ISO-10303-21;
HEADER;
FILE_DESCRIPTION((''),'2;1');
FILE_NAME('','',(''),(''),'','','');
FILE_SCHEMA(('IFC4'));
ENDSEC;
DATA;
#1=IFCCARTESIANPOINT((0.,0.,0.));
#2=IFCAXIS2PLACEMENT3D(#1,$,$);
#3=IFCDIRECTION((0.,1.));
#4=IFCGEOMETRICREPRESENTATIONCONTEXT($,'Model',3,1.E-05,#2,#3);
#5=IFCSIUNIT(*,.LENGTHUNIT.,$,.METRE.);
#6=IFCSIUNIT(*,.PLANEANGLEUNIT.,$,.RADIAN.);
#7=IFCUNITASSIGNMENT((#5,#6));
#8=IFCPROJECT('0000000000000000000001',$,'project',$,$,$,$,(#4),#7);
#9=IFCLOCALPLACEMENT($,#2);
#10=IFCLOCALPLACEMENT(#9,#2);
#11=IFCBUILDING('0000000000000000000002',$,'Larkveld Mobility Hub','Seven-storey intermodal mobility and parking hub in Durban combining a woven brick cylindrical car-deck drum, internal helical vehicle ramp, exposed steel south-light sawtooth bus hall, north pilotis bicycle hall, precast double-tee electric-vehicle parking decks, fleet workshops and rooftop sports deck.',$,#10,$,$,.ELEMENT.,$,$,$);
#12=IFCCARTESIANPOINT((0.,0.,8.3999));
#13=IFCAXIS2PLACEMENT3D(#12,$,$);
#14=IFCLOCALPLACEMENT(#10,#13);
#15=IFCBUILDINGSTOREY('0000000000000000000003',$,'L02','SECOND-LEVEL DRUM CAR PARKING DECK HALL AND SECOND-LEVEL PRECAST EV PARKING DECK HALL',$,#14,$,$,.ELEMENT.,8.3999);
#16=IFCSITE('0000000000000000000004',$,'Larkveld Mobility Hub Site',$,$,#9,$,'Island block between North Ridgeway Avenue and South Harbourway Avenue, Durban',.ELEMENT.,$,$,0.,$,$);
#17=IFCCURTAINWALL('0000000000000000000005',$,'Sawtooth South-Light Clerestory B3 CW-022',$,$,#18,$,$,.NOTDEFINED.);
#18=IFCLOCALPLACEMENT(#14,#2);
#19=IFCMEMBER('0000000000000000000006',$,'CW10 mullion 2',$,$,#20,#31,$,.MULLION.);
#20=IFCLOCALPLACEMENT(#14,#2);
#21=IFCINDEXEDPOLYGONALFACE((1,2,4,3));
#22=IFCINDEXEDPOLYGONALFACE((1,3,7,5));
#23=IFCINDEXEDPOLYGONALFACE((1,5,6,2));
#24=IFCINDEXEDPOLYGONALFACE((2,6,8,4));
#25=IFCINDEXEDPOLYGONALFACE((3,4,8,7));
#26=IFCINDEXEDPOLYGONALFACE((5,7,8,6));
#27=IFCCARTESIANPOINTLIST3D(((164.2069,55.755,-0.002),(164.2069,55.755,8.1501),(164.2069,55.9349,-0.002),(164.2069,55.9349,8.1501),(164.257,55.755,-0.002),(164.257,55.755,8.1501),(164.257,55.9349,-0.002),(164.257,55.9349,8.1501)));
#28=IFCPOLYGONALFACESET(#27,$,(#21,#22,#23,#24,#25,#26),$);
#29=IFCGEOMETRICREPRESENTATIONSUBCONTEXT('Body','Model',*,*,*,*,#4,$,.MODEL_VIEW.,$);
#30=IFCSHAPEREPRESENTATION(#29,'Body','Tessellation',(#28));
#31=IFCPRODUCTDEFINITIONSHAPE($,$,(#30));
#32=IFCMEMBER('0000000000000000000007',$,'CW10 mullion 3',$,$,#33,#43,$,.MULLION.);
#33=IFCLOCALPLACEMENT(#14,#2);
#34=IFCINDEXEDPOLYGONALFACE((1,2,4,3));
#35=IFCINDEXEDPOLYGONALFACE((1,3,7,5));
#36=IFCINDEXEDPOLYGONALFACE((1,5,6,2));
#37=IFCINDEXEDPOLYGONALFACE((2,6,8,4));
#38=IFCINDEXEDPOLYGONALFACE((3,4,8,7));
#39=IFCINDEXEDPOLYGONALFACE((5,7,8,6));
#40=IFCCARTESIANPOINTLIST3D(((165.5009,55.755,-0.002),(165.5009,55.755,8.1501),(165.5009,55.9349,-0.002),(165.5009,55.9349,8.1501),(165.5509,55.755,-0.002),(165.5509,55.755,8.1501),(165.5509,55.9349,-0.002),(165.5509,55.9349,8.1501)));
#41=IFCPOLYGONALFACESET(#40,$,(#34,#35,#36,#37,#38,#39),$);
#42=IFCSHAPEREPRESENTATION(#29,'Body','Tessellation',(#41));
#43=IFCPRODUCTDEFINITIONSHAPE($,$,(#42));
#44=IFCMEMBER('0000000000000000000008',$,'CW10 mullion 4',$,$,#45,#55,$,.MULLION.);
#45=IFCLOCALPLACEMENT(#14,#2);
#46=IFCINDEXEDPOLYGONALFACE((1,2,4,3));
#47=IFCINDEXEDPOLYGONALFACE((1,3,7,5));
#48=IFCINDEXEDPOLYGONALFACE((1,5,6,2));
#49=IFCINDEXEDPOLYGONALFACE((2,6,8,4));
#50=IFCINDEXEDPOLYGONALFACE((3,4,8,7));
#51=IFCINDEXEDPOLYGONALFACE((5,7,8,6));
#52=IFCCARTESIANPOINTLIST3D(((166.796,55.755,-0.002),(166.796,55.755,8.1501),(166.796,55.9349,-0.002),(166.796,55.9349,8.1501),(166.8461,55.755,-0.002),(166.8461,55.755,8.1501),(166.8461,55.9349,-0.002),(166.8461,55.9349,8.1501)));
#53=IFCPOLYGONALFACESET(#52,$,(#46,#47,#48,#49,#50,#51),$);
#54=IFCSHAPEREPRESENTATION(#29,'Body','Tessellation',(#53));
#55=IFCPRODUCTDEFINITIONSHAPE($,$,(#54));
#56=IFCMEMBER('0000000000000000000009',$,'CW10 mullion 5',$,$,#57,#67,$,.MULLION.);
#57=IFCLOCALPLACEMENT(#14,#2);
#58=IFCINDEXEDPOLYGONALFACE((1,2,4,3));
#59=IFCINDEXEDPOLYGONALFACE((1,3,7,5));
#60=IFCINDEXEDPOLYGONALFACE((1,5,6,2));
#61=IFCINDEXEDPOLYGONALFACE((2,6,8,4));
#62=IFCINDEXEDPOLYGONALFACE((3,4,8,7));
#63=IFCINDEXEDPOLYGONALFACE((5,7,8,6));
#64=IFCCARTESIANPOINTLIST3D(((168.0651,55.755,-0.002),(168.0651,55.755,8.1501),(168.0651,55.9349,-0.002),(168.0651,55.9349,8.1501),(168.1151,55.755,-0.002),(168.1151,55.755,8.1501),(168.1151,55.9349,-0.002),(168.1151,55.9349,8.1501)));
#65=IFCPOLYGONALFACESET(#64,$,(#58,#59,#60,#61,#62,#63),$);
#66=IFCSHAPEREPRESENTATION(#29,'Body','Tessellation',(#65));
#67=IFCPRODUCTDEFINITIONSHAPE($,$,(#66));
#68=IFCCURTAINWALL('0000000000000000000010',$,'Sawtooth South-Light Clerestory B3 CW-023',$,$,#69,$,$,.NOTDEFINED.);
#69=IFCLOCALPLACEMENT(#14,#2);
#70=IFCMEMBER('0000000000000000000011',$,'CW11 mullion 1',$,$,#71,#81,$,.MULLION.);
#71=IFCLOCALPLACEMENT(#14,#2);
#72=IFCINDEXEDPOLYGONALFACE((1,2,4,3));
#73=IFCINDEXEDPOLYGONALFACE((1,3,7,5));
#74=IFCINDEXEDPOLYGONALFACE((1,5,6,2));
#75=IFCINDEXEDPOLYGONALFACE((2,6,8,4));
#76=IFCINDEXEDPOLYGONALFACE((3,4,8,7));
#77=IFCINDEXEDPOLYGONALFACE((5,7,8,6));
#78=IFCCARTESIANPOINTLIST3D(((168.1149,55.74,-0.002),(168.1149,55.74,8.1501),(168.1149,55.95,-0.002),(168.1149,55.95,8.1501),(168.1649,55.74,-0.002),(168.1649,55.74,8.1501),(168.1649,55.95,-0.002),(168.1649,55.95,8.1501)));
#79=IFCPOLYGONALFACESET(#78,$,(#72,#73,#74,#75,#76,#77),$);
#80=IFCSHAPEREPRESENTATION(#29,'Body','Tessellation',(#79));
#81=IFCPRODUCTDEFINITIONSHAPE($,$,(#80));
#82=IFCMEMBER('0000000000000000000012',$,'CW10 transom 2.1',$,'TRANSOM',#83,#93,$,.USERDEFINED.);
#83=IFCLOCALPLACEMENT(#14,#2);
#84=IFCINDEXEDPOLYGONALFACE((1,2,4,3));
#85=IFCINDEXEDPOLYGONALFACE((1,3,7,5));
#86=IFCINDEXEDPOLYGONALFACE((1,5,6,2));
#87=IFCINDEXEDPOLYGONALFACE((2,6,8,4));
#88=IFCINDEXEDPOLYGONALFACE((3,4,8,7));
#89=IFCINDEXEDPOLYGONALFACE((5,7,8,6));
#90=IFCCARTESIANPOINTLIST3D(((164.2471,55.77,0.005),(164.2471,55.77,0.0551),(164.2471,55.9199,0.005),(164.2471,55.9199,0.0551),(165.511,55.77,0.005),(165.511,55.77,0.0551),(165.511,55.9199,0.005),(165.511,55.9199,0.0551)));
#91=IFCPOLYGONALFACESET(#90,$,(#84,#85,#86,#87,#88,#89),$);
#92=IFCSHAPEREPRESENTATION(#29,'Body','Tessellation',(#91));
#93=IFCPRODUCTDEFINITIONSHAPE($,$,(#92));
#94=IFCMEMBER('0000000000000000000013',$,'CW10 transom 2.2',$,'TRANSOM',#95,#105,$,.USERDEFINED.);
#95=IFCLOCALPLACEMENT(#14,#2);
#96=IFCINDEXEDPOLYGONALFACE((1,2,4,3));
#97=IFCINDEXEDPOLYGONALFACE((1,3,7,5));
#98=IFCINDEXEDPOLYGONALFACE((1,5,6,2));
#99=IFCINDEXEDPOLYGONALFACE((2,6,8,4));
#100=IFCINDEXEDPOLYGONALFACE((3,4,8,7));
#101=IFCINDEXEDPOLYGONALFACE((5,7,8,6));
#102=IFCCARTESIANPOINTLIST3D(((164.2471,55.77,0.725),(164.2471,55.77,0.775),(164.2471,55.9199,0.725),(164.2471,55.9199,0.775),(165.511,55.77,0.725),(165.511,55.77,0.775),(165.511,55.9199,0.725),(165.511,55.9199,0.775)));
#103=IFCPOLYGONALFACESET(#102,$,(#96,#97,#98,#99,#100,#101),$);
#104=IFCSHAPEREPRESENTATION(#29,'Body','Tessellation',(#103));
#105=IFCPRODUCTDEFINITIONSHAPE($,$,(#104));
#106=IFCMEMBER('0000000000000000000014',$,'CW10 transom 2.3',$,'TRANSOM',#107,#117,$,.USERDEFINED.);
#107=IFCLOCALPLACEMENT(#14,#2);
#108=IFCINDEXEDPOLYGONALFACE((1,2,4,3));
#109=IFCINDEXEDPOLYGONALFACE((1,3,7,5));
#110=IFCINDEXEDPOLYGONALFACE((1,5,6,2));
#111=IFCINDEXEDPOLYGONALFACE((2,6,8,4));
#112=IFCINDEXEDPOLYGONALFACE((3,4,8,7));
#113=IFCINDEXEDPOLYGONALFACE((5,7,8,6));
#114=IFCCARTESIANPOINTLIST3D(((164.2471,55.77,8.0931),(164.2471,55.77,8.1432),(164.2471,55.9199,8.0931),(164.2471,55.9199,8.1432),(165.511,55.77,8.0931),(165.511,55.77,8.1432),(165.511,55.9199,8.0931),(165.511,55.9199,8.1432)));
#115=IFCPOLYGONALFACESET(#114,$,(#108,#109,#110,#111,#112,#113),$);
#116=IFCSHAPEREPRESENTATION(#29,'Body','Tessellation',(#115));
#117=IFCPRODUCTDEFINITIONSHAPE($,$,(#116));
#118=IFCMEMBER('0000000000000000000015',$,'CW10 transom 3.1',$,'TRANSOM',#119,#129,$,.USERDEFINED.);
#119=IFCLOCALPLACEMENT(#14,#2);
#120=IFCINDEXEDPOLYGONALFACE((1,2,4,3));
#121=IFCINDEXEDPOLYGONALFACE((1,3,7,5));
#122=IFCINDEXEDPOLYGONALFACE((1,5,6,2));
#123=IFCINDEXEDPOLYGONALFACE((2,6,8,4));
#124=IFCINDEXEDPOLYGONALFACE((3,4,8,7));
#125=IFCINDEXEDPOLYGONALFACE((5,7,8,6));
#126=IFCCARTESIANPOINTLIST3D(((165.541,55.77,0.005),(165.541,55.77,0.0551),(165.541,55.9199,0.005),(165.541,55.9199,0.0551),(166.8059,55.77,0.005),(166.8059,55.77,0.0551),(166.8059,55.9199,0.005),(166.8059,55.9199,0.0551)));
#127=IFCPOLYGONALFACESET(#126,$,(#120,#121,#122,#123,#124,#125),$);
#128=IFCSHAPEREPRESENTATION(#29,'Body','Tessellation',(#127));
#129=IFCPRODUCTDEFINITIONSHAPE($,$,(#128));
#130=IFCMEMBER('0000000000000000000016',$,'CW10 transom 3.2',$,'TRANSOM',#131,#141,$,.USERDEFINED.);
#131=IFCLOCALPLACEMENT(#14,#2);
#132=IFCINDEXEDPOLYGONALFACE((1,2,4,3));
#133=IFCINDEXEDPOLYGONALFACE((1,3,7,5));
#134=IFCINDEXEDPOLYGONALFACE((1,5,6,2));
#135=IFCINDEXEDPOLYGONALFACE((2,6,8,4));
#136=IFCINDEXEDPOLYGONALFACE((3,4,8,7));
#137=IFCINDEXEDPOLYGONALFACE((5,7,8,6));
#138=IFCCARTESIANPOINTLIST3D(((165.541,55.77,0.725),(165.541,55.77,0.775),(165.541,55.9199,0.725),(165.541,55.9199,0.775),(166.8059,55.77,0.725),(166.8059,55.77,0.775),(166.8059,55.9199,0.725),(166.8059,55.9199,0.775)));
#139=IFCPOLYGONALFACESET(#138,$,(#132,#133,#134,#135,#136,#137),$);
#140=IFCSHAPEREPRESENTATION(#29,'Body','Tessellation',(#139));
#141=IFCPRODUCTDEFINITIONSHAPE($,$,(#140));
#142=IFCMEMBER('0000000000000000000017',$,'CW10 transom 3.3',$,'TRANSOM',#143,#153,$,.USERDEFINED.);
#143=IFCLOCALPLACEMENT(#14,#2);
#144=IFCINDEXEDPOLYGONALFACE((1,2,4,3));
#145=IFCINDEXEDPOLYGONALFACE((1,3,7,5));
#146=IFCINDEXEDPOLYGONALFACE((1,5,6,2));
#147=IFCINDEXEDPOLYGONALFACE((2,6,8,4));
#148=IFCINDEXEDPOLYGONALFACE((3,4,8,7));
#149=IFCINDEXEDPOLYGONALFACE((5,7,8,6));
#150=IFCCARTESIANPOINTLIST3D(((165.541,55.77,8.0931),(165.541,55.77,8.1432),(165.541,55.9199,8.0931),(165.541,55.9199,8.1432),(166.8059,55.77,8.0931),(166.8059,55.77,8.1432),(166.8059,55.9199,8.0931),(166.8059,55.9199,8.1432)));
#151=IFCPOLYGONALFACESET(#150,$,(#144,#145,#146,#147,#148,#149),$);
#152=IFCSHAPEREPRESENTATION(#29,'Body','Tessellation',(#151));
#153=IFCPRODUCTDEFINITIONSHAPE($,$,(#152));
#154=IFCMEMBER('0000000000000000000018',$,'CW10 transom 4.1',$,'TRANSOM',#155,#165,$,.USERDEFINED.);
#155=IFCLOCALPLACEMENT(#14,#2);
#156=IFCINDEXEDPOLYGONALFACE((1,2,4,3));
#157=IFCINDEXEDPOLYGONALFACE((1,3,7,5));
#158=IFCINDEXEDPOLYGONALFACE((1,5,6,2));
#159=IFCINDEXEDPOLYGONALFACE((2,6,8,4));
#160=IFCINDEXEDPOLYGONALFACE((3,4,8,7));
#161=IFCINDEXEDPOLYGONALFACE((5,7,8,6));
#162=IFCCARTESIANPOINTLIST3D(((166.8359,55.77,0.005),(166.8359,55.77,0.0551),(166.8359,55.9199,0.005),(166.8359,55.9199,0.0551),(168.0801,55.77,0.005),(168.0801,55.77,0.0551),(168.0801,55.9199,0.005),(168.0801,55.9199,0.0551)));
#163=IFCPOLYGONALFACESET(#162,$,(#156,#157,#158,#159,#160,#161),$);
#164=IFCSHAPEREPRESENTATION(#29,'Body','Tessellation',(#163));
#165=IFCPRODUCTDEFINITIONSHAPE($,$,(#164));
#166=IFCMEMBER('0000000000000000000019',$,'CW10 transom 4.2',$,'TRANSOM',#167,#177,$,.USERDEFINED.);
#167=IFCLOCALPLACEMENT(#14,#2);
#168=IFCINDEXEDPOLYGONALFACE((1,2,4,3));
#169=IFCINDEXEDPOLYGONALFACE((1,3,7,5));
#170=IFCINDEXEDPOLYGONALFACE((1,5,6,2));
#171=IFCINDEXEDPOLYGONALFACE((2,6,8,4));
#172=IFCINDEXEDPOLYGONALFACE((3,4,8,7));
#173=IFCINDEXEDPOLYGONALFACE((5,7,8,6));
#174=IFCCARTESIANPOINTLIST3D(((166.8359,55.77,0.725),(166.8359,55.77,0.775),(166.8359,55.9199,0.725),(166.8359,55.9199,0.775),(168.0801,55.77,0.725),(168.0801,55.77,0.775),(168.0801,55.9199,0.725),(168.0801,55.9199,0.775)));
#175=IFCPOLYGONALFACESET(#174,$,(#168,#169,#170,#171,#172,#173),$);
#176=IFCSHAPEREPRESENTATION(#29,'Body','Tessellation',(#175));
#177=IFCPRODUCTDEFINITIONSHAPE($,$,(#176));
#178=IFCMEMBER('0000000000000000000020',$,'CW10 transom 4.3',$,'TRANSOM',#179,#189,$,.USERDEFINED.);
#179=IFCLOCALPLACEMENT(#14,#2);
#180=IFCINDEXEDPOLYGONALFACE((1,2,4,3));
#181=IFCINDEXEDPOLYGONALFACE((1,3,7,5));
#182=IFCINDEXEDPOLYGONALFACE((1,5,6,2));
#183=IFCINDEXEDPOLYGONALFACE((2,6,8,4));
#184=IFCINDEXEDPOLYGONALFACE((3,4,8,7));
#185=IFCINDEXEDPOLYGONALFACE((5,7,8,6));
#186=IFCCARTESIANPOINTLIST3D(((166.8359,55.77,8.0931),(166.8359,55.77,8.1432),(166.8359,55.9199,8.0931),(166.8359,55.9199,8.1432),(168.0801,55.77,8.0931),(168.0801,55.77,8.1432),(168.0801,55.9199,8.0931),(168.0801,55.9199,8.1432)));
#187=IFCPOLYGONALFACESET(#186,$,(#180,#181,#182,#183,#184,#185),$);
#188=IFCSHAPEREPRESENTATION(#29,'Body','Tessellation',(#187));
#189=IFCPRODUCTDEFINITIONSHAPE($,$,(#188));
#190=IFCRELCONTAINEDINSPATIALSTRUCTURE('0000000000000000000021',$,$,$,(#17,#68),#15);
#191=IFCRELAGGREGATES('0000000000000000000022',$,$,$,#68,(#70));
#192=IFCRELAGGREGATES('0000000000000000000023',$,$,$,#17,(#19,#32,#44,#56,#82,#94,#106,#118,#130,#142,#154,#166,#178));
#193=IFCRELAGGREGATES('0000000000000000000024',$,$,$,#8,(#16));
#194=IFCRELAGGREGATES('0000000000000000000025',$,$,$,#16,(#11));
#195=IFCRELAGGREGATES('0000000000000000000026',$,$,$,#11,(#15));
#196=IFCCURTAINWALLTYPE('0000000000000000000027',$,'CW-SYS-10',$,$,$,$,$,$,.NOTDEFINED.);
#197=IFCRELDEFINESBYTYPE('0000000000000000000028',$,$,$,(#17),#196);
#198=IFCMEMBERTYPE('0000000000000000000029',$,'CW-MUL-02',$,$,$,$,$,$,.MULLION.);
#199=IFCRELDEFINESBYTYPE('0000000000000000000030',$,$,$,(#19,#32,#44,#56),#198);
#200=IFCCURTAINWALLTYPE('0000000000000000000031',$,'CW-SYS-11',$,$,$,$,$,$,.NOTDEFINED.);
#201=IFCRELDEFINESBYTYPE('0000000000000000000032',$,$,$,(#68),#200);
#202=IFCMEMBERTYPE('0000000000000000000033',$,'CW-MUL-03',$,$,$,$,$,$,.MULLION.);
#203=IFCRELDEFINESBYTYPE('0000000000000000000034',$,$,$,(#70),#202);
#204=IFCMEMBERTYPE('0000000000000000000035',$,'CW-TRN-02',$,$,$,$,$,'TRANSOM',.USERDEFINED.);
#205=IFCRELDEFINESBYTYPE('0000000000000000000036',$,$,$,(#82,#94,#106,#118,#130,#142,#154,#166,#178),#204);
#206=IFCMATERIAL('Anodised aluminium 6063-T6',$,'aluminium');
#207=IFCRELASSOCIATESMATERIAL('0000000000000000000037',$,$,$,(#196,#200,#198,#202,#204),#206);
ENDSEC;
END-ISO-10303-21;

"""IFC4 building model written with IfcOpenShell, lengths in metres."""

from ifc_helpers import new_model, si_unit, direction, frame, origin, origin_2d, place, context, subcontext, project, spatial, rectangle, extrude, material, material_profile, profile_set, type_object, element, aggregate, save


model = new_model("IFC4")

# Units and contexts
model_context = context("Model", 3, precision=1e-05, world=origin(), true_north=direction((0.0, 1.0)))
body_context = subcontext(model_context, "Body", "Model", "MODEL_VIEW")
ifc_project = project(units=[si_unit("LENGTHUNIT", "METRE"), si_unit("PLANEANGLEUNIT", "RADIAN")], contexts=[model_context])

# Site, building, storey
site_placement = place(None, origin())
site = spatial("IfcSite", under=ifc_project, at=site_placement, Name="Larkveld Mobility Hub Site", LongName="Island block between North Ridgeway Avenue and South Harbourway Avenue, Durban", CompositionType="ELEMENT", RefElevation=0.0)
building_placement = place(site_placement, origin())
building = spatial("IfcBuilding", under=site, at=building_placement, Name="Larkveld Mobility Hub", Description="Seven-storey intermodal mobility and parking hub in Durban combining a woven brick cylindrical car-deck drum, internal helical vehicle ramp, exposed steel south-light sawtooth bus hall, north pilotis bicycle hall, precast double-tee electric-vehicle parking decks, fleet workshops and rooftop sports deck.", CompositionType="ELEMENT")
storey_placement = place(building_placement, frame((0.0, 0.0, 8.3999)))
storey = spatial("IfcBuildingStorey", under=building, at=storey_placement, Name="L02", Description="SECOND-LEVEL DRUM CAR PARKING DECK HALL AND SECOND-LEVEL PRECAST EV PARKING DECK HALL", CompositionType="ELEMENT", Elevation=8.3999)

# Curtain wall, members
ifc_material_1 = material(Name="Anodised aluminium 6063-T6", Category="aluminium")
curtain_wall_type_1 = type_object("IfcCurtainWallType", Name="CW-SYS-10", PredefinedType="NOTDEFINED", material=ifc_material_1)
curtain_wall_1_placement = place(storey_placement, origin())
curtain_wall_1 = element("IfcCurtainWall", 1, at=curtain_wall_1_placement, inside=storey, type_object=curtain_wall_type_1, Name="Sawtooth South-Light Clerestory B3 CW-022", PredefinedType="NOTDEFINED")
ifc_material_profile_1 = material_profile(ifc_material_1, rectangle(XDim=0.05, YDim=0.1799, at=origin_2d()), Name="ALU MULL 50x180")
ifc_profile_set_1 = profile_set([ifc_material_profile_1], Name="Anodised aluminium 6063-T6")
member_type_1 = type_object("IfcMemberType", Name="CW-MUL-02", PredefinedType="MULLION", material=ifc_profile_set_1)
member_1_placement = place(storey_placement, frame((164.2319, 55.845, -0.002), z_axis=(0.0, 0.0, 1.0), x_axis=(1.0, 0.0, 0.0)))
member_1 = element("IfcMember", 2, at=member_1_placement, type_object=member_type_1, Name="CW10 mullion 2", PredefinedType="MULLION", context=body_context, shape_type="SweptSolid", body=[
    extrude(rectangle(XDim=0.05, YDim=0.1799, at=origin_2d()), origin(), (0.0, 0.0, 1.0), 8.1521),
])
member_2_placement = place(storey_placement, frame((165.5259, 55.845, -0.002), z_axis=(0.0, 0.0, 1.0), x_axis=(1.0, 0.0, 0.0)))
member_2 = element("IfcMember", 3, at=member_2_placement, type_object=member_type_1, Name="CW10 mullion 3", PredefinedType="MULLION", context=body_context, shape_type="SweptSolid", body=[
    extrude(rectangle(XDim=0.05, YDim=0.1799, at=origin_2d()), origin(), (0.0, 0.0, 1.0), 8.1521),
])
member_3_placement = place(storey_placement, frame((166.821, 55.845, -0.002), z_axis=(0.0, 0.0, 1.0), x_axis=(1.0, 0.0, 0.0)))
member_3 = element("IfcMember", 4, at=member_3_placement, type_object=member_type_1, Name="CW10 mullion 4", PredefinedType="MULLION", context=body_context, shape_type="SweptSolid", body=[
    extrude(rectangle(XDim=0.05, YDim=0.1799, at=origin_2d()), origin(), (0.0, 0.0, 1.0), 8.1521),
])
member_4_placement = place(storey_placement, frame((168.0901, 55.845, -0.002), z_axis=(0.0, 0.0, 1.0), x_axis=(1.0, 0.0, 0.0)))
member_4 = element("IfcMember", 5, at=member_4_placement, type_object=member_type_1, Name="CW10 mullion 5", PredefinedType="MULLION", context=body_context, shape_type="SweptSolid", body=[
    extrude(rectangle(XDim=0.05, YDim=0.1799, at=origin_2d()), origin(), (0.0, 0.0, 1.0), 8.1521),
])

# Curtain wall, member
curtain_wall_type_2 = type_object("IfcCurtainWallType", Name="CW-SYS-11", PredefinedType="NOTDEFINED", material=ifc_material_1)
curtain_wall_2_placement = place(storey_placement, origin())
curtain_wall_2 = element("IfcCurtainWall", 6, at=curtain_wall_2_placement, inside=storey, type_object=curtain_wall_type_2, Name="Sawtooth South-Light Clerestory B3 CW-023", PredefinedType="NOTDEFINED")
ifc_material_profile_2 = material_profile(ifc_material_1, rectangle(XDim=0.05, YDim=0.21, at=origin_2d()), Name="ALU MULL 50x210")
ifc_profile_set_2 = profile_set([ifc_material_profile_2], Name="Anodised aluminium 6063-T6")
member_type_2 = type_object("IfcMemberType", Name="CW-MUL-03", PredefinedType="MULLION", material=ifc_profile_set_2)
member_5_placement = place(storey_placement, frame((168.1399, 55.845, -0.002), z_axis=(0.0, 0.0, 1.0), x_axis=(1.0, 0.0, 0.0)))
member_5 = element("IfcMember", 7, at=member_5_placement, type_object=member_type_2, Name="CW11 mullion 1", PredefinedType="MULLION", context=body_context, shape_type="SweptSolid", body=[
    extrude(rectangle(XDim=0.05, YDim=0.21, at=origin_2d()), origin(), (0.0, 0.0, 1.0), 8.1521),
])
aggregate(curtain_wall_2, [member_5])

# Members
ifc_material_profile_3 = material_profile(ifc_material_1, rectangle(XDim=0.1499, YDim=0.05, at=origin_2d()), Name="ALU TRAN 50x150")
ifc_profile_set_3 = profile_set([ifc_material_profile_3], Name="Anodised aluminium 6063-T6")
member_type_3 = type_object("IfcMemberType", Name="CW-TRN-02", ElementType="TRANSOM", PredefinedType="USERDEFINED", material=ifc_profile_set_3)
member_6_placement = place(storey_placement, frame((164.2471, 55.845, 0.03), z_axis=(1.0, 0.0, 0.0), x_axis=(0.0, 1.0, 0.0)))
member_6 = element("IfcMember", 8, at=member_6_placement, type_object=member_type_3, Name="CW10 transom 2.1", ObjectType="TRANSOM", PredefinedType="USERDEFINED", context=body_context, shape_type="SweptSolid", body=[
    extrude(rectangle(XDim=0.1499, YDim=0.05, at=origin_2d()), origin(), (0.0, 0.0, 1.0), 1.2639),
])
member_7_placement = place(storey_placement, frame((164.2471, 55.845, 0.75), z_axis=(1.0, 0.0, 0.0), x_axis=(0.0, 1.0, 0.0)))
member_7 = element("IfcMember", 9, at=member_7_placement, type_object=member_type_3, Name="CW10 transom 2.2", ObjectType="TRANSOM", PredefinedType="USERDEFINED", context=body_context, shape_type="SweptSolid", body=[
    extrude(rectangle(XDim=0.1499, YDim=0.05, at=origin_2d()), origin(), (0.0, 0.0, 1.0), 1.2639),
])
member_8_placement = place(storey_placement, frame((164.2471, 55.845, 8.1182), z_axis=(1.0, 0.0, 0.0), x_axis=(0.0, 1.0, 0.0)))
member_8 = element("IfcMember", 10, at=member_8_placement, type_object=member_type_3, Name="CW10 transom 2.3", ObjectType="TRANSOM", PredefinedType="USERDEFINED", context=body_context, shape_type="SweptSolid", body=[
    extrude(rectangle(XDim=0.1499, YDim=0.05, at=origin_2d()), origin(), (0.0, 0.0, 1.0), 1.2639),
])
member_9_placement = place(storey_placement, frame((165.541, 55.845, 0.03), z_axis=(1.0, 0.0, 0.0), x_axis=(0.0, 1.0, 0.0)))
member_9 = element("IfcMember", 11, at=member_9_placement, type_object=member_type_3, Name="CW10 transom 3.1", ObjectType="TRANSOM", PredefinedType="USERDEFINED", context=body_context, shape_type="SweptSolid", body=[
    extrude(rectangle(XDim=0.1499, YDim=0.05, at=origin_2d()), origin(), (0.0, 0.0, 1.0), 1.2649),
])
member_10_placement = place(storey_placement, frame((165.541, 55.845, 0.75), z_axis=(1.0, 0.0, 0.0), x_axis=(0.0, 1.0, 0.0)))
member_10 = element("IfcMember", 12, at=member_10_placement, type_object=member_type_3, Name="CW10 transom 3.2", ObjectType="TRANSOM", PredefinedType="USERDEFINED", context=body_context, shape_type="SweptSolid", body=[
    extrude(rectangle(XDim=0.1499, YDim=0.05, at=origin_2d()), origin(), (0.0, 0.0, 1.0), 1.2649),
])
member_11_placement = place(storey_placement, frame((165.541, 55.845, 8.1182), z_axis=(1.0, 0.0, 0.0), x_axis=(0.0, 1.0, 0.0)))
member_11 = element("IfcMember", 13, at=member_11_placement, type_object=member_type_3, Name="CW10 transom 3.3", ObjectType="TRANSOM", PredefinedType="USERDEFINED", context=body_context, shape_type="SweptSolid", body=[
    extrude(rectangle(XDim=0.1499, YDim=0.05, at=origin_2d()), origin(), (0.0, 0.0, 1.0), 1.2649),
])
member_12_placement = place(storey_placement, frame((166.8359, 55.845, 0.03), z_axis=(1.0, 0.0, 0.0), x_axis=(0.0, 1.0, 0.0)))
member_12 = element("IfcMember", 14, at=member_12_placement, type_object=member_type_3, Name="CW10 transom 4.1", ObjectType="TRANSOM", PredefinedType="USERDEFINED", context=body_context, shape_type="SweptSolid", body=[
    extrude(rectangle(XDim=0.1499, YDim=0.05, at=origin_2d()), origin(), (0.0, 0.0, 1.0), 1.2441),
])
member_13_placement = place(storey_placement, frame((166.8359, 55.845, 0.75), z_axis=(1.0, 0.0, 0.0), x_axis=(0.0, 1.0, 0.0)))
member_13 = element("IfcMember", 15, at=member_13_placement, type_object=member_type_3, Name="CW10 transom 4.2", ObjectType="TRANSOM", PredefinedType="USERDEFINED", context=body_context, shape_type="SweptSolid", body=[
    extrude(rectangle(XDim=0.1499, YDim=0.05, at=origin_2d()), origin(), (0.0, 0.0, 1.0), 1.2441),
])
member_14_placement = place(storey_placement, frame((166.8359, 55.845, 8.1182), z_axis=(1.0, 0.0, 0.0), x_axis=(0.0, 1.0, 0.0)))
member_14 = element("IfcMember", 16, at=member_14_placement, type_object=member_type_3, Name="CW10 transom 4.3", ObjectType="TRANSOM", PredefinedType="USERDEFINED", context=body_context, shape_type="SweptSolid", body=[
    extrude(rectangle(XDim=0.1499, YDim=0.05, at=origin_2d()), origin(), (0.0, 0.0, 1.0), 1.2441),
])

aggregate(curtain_wall_1, [member_1, member_2, member_3, member_4, member_6, member_7, member_8, member_9, member_10, member_11, member_12, member_13, member_14])

save(model, "model.ifc")
